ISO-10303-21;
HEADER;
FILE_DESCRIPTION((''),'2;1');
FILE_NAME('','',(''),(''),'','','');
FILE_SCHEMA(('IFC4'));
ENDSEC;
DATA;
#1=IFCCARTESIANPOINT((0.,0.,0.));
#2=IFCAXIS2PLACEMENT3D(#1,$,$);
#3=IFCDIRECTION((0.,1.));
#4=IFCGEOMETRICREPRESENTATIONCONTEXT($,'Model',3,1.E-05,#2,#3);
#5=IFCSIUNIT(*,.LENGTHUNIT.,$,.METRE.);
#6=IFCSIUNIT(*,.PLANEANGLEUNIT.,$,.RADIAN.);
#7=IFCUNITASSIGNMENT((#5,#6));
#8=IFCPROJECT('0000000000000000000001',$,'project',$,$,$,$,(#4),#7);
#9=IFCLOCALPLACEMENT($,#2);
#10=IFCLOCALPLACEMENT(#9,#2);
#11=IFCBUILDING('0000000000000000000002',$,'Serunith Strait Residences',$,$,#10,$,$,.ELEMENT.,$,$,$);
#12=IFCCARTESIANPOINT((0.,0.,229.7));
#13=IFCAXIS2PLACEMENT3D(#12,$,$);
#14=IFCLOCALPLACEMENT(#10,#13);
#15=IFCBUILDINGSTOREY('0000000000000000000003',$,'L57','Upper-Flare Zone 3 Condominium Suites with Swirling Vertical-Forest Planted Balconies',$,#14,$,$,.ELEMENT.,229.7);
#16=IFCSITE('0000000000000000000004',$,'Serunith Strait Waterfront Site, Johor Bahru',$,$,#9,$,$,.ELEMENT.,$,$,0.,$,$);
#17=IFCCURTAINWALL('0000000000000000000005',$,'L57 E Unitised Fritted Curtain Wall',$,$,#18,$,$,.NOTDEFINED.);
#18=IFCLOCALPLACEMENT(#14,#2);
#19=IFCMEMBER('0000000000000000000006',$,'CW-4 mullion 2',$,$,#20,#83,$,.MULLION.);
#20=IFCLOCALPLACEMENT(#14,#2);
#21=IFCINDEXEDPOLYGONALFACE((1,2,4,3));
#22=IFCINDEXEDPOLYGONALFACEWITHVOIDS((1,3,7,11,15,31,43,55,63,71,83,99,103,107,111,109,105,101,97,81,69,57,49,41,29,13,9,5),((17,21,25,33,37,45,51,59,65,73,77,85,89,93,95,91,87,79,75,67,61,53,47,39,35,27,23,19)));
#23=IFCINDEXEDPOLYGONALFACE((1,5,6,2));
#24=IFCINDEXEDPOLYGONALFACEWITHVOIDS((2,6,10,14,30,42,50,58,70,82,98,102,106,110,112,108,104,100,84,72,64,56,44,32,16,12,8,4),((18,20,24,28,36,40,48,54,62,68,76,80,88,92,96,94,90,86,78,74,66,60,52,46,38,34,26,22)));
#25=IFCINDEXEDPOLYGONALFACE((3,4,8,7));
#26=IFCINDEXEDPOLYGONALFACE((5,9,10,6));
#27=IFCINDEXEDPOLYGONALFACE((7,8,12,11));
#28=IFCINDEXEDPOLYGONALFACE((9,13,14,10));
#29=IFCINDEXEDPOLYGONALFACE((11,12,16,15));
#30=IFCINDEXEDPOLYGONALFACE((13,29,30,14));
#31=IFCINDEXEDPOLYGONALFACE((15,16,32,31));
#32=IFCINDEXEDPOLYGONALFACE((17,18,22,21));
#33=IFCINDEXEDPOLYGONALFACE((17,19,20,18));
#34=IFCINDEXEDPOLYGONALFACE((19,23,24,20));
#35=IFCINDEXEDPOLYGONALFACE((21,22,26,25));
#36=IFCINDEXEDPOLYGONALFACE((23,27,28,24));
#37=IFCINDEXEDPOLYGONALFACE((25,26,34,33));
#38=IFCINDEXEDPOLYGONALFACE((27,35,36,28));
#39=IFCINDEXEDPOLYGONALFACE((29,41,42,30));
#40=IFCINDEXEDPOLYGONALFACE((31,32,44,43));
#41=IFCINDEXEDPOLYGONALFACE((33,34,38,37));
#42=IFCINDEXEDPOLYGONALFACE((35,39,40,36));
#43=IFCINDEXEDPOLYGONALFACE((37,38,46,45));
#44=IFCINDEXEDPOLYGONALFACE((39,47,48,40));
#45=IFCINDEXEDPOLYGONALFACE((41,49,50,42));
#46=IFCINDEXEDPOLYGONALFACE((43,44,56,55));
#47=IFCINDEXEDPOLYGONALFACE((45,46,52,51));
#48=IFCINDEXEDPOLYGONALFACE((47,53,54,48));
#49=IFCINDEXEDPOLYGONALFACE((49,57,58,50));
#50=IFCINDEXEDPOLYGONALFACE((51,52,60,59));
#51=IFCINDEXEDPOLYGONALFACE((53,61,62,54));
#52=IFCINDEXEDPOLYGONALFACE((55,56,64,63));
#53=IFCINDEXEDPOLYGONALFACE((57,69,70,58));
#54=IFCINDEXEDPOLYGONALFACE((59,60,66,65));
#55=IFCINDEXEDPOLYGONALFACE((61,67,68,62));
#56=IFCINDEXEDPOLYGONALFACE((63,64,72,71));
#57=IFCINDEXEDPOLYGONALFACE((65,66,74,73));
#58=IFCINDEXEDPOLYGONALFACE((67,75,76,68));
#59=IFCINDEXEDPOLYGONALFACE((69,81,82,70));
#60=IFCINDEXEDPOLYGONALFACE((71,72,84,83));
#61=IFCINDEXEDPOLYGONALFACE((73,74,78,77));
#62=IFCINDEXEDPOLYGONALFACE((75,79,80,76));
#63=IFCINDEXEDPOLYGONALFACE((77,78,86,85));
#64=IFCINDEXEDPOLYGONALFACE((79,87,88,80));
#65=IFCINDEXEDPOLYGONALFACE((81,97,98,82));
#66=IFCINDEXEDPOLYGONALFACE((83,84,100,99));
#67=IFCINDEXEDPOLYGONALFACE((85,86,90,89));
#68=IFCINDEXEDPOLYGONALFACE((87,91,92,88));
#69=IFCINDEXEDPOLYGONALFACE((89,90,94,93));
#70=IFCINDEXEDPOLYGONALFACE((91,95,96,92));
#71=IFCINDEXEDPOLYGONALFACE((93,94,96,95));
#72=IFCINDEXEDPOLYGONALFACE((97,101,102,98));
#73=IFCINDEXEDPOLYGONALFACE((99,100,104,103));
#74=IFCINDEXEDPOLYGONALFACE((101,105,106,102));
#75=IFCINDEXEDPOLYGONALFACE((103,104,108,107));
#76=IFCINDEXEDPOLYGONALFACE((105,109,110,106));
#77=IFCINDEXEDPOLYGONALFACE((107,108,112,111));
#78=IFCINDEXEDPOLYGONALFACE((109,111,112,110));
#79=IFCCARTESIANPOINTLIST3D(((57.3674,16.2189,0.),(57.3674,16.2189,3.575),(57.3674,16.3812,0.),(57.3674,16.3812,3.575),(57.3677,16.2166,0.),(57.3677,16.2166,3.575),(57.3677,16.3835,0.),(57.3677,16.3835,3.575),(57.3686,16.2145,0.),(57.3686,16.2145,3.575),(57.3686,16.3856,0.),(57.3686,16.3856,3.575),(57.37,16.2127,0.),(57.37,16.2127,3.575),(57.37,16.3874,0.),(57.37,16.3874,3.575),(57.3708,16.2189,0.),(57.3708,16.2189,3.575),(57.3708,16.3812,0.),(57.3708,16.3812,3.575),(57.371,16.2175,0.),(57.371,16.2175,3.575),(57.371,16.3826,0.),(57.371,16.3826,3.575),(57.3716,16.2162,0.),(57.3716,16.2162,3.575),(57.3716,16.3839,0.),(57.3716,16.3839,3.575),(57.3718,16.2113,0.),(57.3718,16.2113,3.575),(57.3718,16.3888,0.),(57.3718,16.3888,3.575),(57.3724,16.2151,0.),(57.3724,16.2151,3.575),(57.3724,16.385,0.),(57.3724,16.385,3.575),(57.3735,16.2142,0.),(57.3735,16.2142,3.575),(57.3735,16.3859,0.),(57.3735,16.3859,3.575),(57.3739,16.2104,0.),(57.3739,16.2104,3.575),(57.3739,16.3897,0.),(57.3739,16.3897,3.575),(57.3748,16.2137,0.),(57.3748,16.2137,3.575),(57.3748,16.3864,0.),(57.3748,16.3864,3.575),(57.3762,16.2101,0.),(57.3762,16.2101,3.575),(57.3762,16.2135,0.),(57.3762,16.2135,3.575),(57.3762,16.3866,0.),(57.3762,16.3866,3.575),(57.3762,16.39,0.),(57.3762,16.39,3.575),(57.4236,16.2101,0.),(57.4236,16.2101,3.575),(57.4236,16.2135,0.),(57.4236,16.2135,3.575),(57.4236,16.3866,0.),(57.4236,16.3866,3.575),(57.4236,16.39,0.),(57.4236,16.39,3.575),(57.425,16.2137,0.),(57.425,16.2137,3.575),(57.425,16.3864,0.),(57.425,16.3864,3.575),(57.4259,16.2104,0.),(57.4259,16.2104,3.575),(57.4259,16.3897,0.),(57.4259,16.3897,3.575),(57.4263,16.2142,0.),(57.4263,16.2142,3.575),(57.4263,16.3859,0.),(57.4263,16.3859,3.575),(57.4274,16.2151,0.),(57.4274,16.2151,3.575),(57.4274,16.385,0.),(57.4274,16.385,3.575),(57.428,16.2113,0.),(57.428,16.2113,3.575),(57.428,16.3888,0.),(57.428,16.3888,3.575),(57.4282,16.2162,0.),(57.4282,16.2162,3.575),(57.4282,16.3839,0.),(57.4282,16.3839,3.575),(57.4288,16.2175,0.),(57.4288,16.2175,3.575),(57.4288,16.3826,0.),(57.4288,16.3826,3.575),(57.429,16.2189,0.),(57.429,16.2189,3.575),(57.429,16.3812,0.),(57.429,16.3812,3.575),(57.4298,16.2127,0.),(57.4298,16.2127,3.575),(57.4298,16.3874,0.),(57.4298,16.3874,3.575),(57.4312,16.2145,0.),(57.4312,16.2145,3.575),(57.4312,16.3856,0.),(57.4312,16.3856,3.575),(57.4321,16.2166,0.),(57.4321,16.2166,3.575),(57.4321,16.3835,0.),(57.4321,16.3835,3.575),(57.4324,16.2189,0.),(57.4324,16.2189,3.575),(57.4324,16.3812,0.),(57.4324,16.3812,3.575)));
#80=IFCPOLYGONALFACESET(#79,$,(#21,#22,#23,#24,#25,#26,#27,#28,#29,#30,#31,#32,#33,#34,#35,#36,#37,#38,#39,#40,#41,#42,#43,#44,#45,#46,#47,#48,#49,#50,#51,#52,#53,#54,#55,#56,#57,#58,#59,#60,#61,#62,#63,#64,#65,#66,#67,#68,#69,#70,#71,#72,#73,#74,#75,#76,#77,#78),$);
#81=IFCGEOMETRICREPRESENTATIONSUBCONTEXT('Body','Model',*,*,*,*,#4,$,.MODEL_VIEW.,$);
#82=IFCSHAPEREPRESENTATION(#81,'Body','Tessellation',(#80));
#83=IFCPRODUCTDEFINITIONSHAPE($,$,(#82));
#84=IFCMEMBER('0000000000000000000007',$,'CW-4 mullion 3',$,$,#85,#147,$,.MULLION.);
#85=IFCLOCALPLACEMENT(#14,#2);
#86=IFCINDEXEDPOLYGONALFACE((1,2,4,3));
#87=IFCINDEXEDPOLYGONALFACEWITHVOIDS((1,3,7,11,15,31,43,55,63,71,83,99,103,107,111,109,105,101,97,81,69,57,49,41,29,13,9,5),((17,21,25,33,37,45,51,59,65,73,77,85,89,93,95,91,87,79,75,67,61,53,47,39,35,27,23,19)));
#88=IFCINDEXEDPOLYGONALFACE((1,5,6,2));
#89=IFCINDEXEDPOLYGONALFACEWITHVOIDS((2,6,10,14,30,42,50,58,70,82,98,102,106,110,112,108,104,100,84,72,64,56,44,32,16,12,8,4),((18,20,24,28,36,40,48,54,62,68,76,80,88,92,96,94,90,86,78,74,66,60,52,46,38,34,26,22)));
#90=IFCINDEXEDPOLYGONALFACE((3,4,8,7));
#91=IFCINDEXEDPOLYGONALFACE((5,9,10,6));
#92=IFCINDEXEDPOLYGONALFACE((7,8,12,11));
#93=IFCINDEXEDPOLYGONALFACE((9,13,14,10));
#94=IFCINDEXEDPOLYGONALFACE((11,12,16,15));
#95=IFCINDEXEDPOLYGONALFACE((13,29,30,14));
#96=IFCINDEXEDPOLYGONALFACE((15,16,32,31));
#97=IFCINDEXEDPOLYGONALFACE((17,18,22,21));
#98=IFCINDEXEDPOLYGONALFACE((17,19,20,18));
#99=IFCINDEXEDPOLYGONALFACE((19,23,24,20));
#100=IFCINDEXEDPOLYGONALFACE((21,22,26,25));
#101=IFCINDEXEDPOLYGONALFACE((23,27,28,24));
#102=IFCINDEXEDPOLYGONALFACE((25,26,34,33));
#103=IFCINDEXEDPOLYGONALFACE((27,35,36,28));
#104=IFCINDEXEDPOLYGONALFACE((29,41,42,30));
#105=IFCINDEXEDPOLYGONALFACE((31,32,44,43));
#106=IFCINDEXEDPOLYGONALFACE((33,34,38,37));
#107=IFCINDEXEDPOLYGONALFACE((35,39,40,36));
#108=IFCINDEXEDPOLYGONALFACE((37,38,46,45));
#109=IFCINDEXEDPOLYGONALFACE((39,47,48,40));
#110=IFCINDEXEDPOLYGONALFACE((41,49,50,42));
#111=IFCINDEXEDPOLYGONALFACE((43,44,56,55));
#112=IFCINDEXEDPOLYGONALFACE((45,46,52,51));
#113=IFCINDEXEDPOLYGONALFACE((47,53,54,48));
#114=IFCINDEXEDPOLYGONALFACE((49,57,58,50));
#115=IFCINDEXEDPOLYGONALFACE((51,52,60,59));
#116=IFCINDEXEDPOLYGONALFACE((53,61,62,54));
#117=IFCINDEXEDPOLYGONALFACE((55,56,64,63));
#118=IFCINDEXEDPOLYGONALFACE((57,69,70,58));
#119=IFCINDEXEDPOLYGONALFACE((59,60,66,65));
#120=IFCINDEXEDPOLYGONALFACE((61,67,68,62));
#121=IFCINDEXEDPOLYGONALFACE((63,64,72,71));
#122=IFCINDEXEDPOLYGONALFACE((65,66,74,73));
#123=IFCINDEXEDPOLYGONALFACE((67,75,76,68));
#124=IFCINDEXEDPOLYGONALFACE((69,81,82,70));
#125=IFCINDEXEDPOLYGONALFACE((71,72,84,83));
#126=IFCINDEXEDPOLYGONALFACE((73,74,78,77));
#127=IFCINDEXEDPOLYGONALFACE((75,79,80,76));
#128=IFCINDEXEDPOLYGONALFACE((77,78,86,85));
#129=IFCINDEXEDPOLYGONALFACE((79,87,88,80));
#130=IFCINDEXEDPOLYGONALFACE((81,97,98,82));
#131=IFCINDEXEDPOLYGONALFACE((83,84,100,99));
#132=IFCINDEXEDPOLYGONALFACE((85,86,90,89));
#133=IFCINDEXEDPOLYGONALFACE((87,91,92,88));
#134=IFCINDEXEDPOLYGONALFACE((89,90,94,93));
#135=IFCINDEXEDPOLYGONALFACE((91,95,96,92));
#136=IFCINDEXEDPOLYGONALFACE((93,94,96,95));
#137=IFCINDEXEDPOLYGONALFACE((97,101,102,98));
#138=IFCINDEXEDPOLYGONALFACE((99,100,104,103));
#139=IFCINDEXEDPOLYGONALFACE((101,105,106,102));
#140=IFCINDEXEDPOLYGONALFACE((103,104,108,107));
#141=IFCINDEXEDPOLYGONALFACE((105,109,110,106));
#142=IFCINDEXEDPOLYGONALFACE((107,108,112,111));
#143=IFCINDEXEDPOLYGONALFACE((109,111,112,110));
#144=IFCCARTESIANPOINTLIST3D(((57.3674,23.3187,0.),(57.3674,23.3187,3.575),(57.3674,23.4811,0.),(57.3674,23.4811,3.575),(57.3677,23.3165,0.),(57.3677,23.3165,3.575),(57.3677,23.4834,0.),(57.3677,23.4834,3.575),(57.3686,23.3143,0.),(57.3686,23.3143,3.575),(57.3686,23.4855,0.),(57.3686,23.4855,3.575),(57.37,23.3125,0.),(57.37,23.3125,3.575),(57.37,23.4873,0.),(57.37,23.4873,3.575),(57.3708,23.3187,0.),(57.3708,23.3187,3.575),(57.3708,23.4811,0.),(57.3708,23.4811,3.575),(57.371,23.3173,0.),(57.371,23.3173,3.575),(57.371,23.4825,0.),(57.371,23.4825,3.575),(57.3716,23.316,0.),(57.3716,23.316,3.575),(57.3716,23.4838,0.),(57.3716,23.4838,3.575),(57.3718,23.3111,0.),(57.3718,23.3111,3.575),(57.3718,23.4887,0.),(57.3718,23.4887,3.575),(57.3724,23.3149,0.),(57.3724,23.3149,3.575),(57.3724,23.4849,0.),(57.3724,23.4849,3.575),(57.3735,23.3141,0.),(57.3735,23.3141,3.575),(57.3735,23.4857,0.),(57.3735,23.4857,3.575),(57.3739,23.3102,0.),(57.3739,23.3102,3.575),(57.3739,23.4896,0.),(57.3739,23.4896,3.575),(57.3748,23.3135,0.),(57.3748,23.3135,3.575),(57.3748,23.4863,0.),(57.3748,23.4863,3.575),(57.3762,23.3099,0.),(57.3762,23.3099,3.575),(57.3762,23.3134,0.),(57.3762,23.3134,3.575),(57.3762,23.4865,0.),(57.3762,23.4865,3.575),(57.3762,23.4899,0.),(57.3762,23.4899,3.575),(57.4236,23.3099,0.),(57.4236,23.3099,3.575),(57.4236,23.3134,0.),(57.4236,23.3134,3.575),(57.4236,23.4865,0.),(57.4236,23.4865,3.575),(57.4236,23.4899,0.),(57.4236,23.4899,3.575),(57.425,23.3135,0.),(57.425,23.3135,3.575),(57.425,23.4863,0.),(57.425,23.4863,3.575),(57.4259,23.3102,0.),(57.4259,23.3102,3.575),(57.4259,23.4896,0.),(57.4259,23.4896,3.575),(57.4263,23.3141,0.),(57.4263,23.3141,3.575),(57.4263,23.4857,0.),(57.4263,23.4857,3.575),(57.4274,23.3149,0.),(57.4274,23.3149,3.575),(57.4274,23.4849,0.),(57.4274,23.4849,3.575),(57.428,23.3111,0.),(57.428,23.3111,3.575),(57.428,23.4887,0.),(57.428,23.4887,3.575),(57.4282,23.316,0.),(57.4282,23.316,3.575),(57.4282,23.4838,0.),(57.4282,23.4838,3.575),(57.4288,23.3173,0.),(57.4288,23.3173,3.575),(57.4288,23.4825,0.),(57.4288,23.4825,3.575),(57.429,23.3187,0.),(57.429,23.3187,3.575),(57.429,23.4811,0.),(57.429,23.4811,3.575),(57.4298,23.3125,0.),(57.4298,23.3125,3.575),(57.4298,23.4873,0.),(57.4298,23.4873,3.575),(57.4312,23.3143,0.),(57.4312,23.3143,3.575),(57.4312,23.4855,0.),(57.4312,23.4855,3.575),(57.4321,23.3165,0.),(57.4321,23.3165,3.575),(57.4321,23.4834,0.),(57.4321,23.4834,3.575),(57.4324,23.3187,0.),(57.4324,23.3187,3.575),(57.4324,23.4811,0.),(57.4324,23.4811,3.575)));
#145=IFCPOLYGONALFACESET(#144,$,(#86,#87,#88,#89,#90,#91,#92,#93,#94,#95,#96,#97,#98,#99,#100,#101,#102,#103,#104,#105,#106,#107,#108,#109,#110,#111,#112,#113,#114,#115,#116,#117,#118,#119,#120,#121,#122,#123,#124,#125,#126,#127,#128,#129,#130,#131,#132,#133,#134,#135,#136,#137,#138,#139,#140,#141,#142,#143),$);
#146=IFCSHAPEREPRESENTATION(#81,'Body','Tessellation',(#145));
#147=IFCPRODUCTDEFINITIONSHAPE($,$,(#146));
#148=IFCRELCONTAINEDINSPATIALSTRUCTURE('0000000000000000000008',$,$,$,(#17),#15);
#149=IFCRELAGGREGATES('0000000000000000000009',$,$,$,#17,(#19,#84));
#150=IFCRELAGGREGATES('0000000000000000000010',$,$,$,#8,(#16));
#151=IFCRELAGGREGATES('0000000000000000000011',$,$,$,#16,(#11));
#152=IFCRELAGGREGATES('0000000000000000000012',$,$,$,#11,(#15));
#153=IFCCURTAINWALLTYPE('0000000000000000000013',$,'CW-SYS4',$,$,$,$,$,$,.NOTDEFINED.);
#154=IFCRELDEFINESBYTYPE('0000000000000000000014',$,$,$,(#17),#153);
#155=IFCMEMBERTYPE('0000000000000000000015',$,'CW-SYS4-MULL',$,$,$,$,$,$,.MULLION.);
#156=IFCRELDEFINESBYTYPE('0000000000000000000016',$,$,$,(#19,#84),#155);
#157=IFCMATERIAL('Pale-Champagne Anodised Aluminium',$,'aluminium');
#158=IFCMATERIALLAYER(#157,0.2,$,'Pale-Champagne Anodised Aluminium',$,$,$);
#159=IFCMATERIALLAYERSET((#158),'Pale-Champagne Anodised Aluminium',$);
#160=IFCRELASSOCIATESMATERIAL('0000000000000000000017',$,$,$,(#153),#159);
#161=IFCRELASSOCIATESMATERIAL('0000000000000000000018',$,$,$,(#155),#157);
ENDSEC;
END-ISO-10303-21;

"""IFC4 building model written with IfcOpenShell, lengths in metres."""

from ifc_helpers import new_model, si_unit, direction, frame, origin, origin_2d, place, context, subcontext, project, spatial, hollow_rectangle, extrude, source, transform, mapped, material, layer, layer_set, material_profile, profile_set, type_object, element, aggregate, save


model = new_model("IFC4")

# Units and contexts
model_context = context("Model", 3, precision=1e-05, world=origin(), true_north=direction((0.0, 1.0)))
body_context = subcontext(model_context, "Body", "Model", "MODEL_VIEW")
ifc_project = project(units=[si_unit("LENGTHUNIT", "METRE"), si_unit("PLANEANGLEUNIT", "RADIAN")], contexts=[model_context])

# Site, building, storey
site_placement = place(None, origin())
site = spatial("IfcSite", under=ifc_project, at=site_placement, Name="Serunith Strait Waterfront Site, Johor Bahru", CompositionType="ELEMENT", RefElevation=0.0)
building_placement = place(site_placement, origin())
building = spatial("IfcBuilding", under=site, at=building_placement, Name="Serunith Strait Residences", CompositionType="ELEMENT")
storey_placement = place(building_placement, frame((0.0, 0.0, 229.7)))
storey = spatial("IfcBuildingStorey", under=building, at=storey_placement, Name="L57", Description="Upper-Flare Zone 3 Condominium Suites with Swirling Vertical-Forest Planted Balconies", CompositionType="ELEMENT", Elevation=229.7)

# Curtain wall, members
ifc_material_1 = material(Name="Pale-Champagne Anodised Aluminium", Category="aluminium")
ifc_layer_1 = layer(ifc_material_1, 0.2, Name="Pale-Champagne Anodised Aluminium")
ifc_layer_set_1 = layer_set([ifc_layer_1], Name="Pale-Champagne Anodised Aluminium")
curtain_wall_type = type_object("IfcCurtainWallType", Name="CW-SYS4", PredefinedType="NOTDEFINED", material=ifc_layer_set_1)
curtain_wall_placement = place(storey_placement, origin())
curtain_wall = element("IfcCurtainWall", 1, at=curtain_wall_placement, inside=storey, type_object=curtain_wall_type, Name="L57 E Unitised Fritted Curtain Wall", PredefinedType="NOTDEFINED")
ifc_material_profile_1 = material_profile(ifc_material_1, hollow_rectangle(XDim=0.0649, YDim=0.1799, WallThickness=0.0034, InnerFilletRadius=0.0054, OuterFilletRadius=0.0088, at=origin_2d()), Name="ALU 180x65x3.5")
ifc_profile_set_1 = profile_set([ifc_material_profile_1], Name="Pale-Champagne Anodised Aluminium")
member_type_1 = type_object("IfcMemberType", Name="CW-SYS4-MULL", PredefinedType="MULLION", material=ifc_profile_set_1)
shared_shape_1 = source(origin(), body_context, "Body", "SweptSolid", [
    extrude(hollow_rectangle(XDim=0.0649, YDim=0.1799, WallThickness=0.0034, InnerFilletRadius=0.0054, OuterFilletRadius=0.0088, at=origin_2d()), origin(), (0.0, 0.0, 1.0), 3.575),
])
member_1_placement = place(storey_placement, frame((57.3999, 16.3, 0.0), z_axis=(0.0, 0.0, 1.0), x_axis=(-1.0, 0.0, 0.0)))
member_1 = element("IfcMember", 2, at=member_1_placement, type_object=member_type_1, Name="CW-4 mullion 2", PredefinedType="MULLION", context=body_context, shape_type="MappedRepresentation", body=[
    mapped(shared_shape_1, transform((0.0, 0.0, 0.0), scale=1.0)),
])
member_2_placement = place(storey_placement, frame((57.3999, 23.3999, 0.0), z_axis=(0.0, 0.0, 1.0), x_axis=(-1.0, 0.0, 0.0)))
member_2 = element("IfcMember", 3, at=member_2_placement, type_object=member_type_1, Name="CW-4 mullion 3", PredefinedType="MULLION", context=body_context, shape_type="MappedRepresentation", body=[
    mapped(shared_shape_1, transform((0.0, 0.0, 0.0), scale=1.0)),
])
aggregate(curtain_wall, [member_1, member_2])

save(model, "model.ifc")
